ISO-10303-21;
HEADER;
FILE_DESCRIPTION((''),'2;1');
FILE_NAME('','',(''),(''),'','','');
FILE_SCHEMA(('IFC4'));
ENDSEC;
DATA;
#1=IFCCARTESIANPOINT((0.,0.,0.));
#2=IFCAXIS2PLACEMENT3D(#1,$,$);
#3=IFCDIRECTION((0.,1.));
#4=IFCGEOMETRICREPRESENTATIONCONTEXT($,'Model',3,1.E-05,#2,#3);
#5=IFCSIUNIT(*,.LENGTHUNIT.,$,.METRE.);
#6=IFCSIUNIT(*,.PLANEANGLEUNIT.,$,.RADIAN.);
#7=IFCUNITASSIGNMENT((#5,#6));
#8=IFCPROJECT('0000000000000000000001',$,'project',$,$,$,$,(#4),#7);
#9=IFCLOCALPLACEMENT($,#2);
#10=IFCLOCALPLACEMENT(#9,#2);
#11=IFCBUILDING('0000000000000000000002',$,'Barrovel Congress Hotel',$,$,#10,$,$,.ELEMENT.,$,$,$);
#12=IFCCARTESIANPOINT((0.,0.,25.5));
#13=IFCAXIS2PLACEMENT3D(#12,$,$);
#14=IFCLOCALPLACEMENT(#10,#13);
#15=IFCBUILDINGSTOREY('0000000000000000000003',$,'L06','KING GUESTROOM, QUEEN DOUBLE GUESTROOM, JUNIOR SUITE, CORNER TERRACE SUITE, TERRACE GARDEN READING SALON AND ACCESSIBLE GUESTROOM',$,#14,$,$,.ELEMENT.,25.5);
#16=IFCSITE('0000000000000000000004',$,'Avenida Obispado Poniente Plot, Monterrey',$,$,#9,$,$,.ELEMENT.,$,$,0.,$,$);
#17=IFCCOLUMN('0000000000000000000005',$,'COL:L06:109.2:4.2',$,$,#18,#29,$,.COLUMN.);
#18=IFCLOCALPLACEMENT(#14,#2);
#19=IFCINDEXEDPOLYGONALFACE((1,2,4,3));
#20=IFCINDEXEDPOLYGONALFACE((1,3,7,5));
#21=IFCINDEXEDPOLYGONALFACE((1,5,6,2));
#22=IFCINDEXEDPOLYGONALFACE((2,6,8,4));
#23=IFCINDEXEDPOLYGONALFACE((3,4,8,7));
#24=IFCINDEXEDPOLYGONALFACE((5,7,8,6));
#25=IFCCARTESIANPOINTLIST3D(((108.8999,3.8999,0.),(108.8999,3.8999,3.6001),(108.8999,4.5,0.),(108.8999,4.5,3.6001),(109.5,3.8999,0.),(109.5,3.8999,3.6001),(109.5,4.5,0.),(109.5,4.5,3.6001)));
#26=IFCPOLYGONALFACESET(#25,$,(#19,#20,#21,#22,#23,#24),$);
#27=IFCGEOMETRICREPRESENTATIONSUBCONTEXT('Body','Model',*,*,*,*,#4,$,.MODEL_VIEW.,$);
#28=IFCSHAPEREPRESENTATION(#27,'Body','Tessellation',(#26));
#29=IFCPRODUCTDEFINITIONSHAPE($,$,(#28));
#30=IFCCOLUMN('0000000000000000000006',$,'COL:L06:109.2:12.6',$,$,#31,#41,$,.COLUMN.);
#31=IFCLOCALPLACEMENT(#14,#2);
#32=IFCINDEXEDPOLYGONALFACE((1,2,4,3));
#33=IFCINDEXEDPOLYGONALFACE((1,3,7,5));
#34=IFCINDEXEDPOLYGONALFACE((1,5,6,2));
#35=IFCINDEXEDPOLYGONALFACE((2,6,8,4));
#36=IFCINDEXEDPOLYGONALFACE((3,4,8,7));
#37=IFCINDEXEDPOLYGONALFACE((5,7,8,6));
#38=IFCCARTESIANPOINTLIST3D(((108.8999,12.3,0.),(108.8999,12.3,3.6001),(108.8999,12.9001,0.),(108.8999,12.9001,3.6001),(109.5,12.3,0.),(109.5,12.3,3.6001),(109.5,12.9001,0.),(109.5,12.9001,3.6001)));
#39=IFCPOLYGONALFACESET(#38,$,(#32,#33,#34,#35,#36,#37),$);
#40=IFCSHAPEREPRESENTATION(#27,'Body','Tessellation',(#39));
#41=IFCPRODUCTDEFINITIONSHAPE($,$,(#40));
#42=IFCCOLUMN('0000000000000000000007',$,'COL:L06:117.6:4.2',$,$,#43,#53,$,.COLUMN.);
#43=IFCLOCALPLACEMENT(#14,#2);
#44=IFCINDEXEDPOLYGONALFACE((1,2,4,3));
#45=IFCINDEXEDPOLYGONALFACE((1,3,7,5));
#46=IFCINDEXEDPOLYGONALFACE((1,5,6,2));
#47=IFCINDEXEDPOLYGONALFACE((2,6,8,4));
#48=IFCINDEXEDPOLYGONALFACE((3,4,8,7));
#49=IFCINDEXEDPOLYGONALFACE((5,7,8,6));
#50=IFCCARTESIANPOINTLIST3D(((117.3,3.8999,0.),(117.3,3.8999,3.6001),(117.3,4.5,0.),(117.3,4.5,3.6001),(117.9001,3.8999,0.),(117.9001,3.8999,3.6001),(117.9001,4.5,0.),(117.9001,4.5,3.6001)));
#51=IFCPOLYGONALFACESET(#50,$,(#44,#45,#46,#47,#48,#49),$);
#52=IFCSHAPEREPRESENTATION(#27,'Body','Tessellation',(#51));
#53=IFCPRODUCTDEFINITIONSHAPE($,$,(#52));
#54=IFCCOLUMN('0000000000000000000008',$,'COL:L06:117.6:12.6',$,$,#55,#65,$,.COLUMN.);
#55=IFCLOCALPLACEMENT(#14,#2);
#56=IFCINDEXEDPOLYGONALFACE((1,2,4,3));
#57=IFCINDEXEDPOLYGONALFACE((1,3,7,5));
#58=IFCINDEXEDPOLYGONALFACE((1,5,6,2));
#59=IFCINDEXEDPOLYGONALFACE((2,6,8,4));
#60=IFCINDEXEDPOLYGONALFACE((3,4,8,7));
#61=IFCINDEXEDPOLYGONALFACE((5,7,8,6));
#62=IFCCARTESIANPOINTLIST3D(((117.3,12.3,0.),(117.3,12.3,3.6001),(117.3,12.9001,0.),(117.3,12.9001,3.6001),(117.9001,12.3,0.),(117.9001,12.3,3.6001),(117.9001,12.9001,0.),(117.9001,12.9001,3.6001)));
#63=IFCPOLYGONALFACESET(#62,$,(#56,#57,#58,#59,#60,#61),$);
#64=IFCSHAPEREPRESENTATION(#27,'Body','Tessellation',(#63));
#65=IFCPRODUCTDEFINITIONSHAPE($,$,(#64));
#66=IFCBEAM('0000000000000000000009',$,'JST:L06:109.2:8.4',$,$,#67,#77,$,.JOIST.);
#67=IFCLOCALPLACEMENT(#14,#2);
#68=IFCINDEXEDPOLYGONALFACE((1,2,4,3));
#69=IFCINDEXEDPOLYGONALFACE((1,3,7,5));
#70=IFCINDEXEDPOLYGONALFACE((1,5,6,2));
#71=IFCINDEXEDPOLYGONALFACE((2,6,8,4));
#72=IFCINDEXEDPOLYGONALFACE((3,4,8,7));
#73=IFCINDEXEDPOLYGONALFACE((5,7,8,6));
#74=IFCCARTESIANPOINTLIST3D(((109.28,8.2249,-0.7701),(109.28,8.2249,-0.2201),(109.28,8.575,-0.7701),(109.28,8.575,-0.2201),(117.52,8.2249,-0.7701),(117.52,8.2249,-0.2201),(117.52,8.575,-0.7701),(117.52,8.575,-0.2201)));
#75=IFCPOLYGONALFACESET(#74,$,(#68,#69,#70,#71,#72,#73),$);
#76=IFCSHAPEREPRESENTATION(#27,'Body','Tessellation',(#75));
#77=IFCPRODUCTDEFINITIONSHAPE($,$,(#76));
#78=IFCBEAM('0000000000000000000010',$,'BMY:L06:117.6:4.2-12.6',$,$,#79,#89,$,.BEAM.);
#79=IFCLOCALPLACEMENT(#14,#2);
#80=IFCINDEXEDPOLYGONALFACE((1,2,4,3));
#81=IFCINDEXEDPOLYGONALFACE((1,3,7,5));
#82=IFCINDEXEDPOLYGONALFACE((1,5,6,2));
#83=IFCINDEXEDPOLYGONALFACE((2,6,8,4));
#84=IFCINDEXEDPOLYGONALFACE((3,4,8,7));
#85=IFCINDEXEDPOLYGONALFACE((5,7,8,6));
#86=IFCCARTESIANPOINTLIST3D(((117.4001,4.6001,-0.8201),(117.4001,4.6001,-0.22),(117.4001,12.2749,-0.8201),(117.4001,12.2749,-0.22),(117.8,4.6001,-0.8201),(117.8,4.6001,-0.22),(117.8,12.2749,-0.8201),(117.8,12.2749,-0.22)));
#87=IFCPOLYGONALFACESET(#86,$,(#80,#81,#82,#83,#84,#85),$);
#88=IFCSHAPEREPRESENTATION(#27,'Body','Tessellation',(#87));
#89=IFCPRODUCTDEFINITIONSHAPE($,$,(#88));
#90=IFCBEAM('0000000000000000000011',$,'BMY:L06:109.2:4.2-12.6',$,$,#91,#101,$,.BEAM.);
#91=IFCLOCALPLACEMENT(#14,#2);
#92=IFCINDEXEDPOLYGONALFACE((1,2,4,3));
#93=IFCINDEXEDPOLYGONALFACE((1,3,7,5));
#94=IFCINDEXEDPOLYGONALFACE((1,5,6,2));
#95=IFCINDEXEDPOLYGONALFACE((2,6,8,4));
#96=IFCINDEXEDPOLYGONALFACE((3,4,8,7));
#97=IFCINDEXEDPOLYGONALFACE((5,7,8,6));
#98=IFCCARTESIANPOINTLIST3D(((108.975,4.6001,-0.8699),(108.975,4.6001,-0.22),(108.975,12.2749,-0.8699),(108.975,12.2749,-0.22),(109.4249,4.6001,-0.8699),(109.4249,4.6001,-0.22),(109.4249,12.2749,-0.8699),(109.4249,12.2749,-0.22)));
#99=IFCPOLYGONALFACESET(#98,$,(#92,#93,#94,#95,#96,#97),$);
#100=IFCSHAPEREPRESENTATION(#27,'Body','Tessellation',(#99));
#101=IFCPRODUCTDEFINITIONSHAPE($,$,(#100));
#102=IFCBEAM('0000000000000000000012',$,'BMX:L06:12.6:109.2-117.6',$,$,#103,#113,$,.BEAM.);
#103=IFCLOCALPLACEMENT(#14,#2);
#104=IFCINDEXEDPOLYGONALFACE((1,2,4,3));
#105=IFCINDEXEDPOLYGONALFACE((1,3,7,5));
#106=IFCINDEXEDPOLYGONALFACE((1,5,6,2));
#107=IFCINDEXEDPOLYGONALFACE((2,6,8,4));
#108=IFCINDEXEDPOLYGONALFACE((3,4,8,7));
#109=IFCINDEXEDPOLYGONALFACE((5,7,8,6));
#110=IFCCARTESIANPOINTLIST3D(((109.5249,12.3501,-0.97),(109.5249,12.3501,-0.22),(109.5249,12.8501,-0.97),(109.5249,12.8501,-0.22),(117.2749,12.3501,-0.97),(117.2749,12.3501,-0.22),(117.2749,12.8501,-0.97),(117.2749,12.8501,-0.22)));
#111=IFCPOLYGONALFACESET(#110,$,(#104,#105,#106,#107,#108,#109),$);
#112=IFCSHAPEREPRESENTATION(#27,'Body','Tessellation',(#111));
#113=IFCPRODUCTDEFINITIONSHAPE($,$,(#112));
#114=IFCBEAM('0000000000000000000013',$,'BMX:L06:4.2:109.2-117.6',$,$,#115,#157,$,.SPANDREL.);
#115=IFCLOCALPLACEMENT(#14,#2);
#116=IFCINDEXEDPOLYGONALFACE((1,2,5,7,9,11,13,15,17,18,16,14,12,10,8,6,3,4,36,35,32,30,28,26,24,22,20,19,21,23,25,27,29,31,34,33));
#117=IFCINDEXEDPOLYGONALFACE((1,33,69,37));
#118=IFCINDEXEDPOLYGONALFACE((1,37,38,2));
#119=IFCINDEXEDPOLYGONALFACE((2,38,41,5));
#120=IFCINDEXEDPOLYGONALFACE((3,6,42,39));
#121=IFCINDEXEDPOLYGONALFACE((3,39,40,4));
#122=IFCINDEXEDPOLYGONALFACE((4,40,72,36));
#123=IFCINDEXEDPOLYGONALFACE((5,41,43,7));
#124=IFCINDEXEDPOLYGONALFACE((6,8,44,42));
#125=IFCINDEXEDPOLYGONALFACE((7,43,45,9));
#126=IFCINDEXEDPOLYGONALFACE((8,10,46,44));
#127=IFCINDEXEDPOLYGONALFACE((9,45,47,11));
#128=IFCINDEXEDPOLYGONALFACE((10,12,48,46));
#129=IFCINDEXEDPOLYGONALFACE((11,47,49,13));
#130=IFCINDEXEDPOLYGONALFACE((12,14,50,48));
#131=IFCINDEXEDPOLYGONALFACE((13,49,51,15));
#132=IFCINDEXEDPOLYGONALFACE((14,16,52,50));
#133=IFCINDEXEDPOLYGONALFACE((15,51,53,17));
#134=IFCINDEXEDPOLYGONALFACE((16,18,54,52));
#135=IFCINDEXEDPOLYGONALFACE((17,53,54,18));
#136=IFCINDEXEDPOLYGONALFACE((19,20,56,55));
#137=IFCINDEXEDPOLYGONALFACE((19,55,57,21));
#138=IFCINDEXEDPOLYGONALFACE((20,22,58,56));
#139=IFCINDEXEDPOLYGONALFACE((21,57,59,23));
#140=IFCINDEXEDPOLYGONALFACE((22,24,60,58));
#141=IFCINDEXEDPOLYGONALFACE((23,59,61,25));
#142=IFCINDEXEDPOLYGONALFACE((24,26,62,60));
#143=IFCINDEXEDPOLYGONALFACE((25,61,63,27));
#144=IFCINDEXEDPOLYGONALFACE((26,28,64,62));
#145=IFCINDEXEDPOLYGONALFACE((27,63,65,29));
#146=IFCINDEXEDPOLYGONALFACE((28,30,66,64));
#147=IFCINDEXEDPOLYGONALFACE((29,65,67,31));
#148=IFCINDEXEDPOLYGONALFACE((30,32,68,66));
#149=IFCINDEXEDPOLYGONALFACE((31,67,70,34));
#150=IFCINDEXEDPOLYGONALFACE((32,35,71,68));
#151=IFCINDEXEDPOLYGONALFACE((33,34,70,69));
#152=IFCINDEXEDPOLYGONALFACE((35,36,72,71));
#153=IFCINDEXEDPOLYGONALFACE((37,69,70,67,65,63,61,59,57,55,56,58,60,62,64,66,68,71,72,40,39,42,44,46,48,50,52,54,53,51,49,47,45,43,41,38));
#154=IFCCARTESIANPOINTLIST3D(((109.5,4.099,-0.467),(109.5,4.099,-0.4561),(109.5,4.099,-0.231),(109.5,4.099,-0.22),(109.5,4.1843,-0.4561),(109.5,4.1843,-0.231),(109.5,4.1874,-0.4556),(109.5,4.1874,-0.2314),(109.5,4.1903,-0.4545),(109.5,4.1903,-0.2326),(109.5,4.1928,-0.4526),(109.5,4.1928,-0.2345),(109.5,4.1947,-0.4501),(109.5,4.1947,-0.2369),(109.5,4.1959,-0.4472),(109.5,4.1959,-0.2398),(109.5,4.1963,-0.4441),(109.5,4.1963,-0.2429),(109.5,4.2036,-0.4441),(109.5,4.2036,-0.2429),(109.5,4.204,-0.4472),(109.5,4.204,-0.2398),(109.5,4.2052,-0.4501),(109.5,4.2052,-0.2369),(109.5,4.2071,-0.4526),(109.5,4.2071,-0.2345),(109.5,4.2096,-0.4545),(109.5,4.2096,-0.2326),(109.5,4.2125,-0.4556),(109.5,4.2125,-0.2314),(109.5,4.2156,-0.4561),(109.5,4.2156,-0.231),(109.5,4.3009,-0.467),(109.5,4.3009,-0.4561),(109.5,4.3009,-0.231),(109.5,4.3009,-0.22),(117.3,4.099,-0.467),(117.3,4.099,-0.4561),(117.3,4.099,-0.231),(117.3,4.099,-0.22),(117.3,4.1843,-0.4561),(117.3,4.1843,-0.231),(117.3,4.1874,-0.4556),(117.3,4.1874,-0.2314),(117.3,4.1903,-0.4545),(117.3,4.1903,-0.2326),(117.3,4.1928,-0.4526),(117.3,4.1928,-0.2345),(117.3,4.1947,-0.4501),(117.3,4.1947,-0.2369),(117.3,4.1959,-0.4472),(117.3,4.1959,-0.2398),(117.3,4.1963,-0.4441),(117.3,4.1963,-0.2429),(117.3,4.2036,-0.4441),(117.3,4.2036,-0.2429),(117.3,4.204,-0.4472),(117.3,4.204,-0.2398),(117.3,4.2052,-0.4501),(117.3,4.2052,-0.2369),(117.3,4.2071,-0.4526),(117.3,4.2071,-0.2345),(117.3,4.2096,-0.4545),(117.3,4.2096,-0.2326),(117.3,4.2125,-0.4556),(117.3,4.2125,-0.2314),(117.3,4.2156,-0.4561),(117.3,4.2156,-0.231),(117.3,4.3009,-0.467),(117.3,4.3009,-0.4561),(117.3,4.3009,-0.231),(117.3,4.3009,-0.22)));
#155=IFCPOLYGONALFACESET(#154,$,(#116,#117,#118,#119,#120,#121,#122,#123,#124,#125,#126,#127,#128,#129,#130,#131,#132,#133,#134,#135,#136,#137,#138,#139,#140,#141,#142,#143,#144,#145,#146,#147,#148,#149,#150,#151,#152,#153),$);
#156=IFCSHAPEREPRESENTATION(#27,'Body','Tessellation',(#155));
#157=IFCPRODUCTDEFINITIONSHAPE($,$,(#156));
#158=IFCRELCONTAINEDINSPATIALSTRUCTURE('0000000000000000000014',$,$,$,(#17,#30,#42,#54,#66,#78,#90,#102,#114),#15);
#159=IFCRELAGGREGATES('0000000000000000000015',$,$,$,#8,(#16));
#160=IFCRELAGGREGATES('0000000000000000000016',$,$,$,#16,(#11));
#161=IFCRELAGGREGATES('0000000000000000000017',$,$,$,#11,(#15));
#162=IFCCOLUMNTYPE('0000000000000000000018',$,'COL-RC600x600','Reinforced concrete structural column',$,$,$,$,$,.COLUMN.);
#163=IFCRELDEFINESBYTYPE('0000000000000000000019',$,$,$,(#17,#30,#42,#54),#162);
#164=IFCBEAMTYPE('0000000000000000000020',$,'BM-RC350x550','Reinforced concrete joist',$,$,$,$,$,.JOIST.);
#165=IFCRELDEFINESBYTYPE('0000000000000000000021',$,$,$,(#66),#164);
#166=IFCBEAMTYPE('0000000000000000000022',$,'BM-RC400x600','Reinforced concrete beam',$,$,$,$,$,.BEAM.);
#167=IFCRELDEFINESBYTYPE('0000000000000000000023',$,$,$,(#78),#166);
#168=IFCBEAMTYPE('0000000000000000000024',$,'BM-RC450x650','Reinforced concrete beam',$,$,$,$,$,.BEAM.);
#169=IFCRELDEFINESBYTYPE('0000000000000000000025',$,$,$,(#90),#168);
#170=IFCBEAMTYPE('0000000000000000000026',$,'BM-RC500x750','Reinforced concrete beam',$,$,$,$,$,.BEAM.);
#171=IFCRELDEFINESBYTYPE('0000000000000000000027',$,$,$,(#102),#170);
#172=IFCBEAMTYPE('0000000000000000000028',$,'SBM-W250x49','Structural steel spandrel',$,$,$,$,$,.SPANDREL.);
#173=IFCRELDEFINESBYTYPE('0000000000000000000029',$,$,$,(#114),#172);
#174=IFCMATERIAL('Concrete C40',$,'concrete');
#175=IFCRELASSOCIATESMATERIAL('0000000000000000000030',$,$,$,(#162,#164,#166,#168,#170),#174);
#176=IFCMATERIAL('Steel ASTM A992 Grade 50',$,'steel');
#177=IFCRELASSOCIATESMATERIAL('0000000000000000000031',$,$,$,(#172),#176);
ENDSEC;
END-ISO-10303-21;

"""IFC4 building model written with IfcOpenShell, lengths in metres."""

from ifc_helpers import new_model, si_unit, direction, frame, origin, origin_2d, place, context, subcontext, project, spatial, rectangle, i_section, extrude, material, material_profile, profile_set, type_object, element, save


model = new_model("IFC4")

# Units and contexts
model_context = context("Model", 3, precision=1e-05, world=origin(), true_north=direction((0.0, 1.0)))
body_context = subcontext(model_context, "Body", "Model", "MODEL_VIEW")
ifc_project = project(units=[si_unit("LENGTHUNIT", "METRE"), si_unit("PLANEANGLEUNIT", "RADIAN")], contexts=[model_context])

# Site, building, storey
site_placement = place(None, origin())
site = spatial("IfcSite", under=ifc_project, at=site_placement, Name="Avenida Obispado Poniente Plot, Monterrey", CompositionType="ELEMENT", RefElevation=0.0)
building_placement = place(site_placement, origin())
building = spatial("IfcBuilding", under=site, at=building_placement, Name="Barrovel Congress Hotel", CompositionType="ELEMENT")
storey_placement = place(building_placement, frame((0.0, 0.0, 25.5)))
storey = spatial("IfcBuildingStorey", under=building, at=storey_placement, Name="L06", Description="KING GUESTROOM, QUEEN DOUBLE GUESTROOM, JUNIOR SUITE, CORNER TERRACE SUITE, TERRACE GARDEN READING SALON AND ACCESSIBLE GUESTROOM", CompositionType="ELEMENT", Elevation=25.5)

# Columns
ifc_material_1 = material(Name="Concrete C40", Category="concrete")
ifc_material_profile_1 = material_profile(ifc_material_1, rectangle(XDim=0.6001, YDim=0.6001, at=origin_2d()), Name="RC600x600")
ifc_profile_set_1 = profile_set([ifc_material_profile_1], Name="Concrete C40")
column_type = type_object("IfcColumnType", Name="COL-RC600x600", Description="Reinforced concrete structural column", PredefinedType="COLUMN", material=ifc_profile_set_1)
for number, where, z_axis, x_axis, name in (
    (1, (109.2, 4.2, 0.0), (0.0, 0.0, 1.0), (1.0, 0.0, 0.0), "COL:L06:109.2:4.2"),
    (2, (109.2, 12.6001, 0.0), (0.0, 0.0, 1.0), (1.0, 0.0, 0.0), "COL:L06:109.2:12.6"),
    (3, (117.6001, 4.2, 0.0), (0.0, 0.0, 1.0), (1.0, 0.0, 0.0), "COL:L06:117.6:4.2"),
    (4, (117.6001, 12.6001, 0.0), (0.0, 0.0, 1.0), (1.0, 0.0, 0.0), "COL:L06:117.6:12.6"),
):
    element("IfcColumn", number, at=place(storey_placement, frame(where, z_axis=z_axis, x_axis=x_axis)), inside=storey, type_object=column_type, Name=name, PredefinedType="COLUMN", context=body_context, shape_type="SweptSolid", body=[
        extrude(rectangle(XDim=0.6001, YDim=0.6001, at=origin_2d()), origin(), (0.0, 0.0, 1.0), 3.6001),
    ])

# Beams
ifc_material_profile_2 = material_profile(ifc_material_1, rectangle(XDim=0.3501, YDim=0.55, at=origin_2d()), Name="RC350x550")
ifc_profile_set_2 = profile_set([ifc_material_profile_2], Name="Concrete C40")
beam_type_1 = type_object("IfcBeamType", Name="BM-RC350x550", Description="Reinforced concrete joist", PredefinedType="JOIST", material=ifc_profile_set_2)
beam_1_placement = place(storey_placement, frame((109.28, 8.3999, -0.4951), z_axis=(1.0, 0.0, 0.0), x_axis=(0.0, 1.0, 0.0)))
element("IfcBeam", 5, at=beam_1_placement, inside=storey, type_object=beam_type_1, Name="JST:L06:109.2:8.4", PredefinedType="JOIST", context=body_context, shape_type="SweptSolid", body=[
    extrude(rectangle(XDim=0.3501, YDim=0.55, at=origin_2d()), origin(), (0.0, 0.0, 1.0), 8.24),
])
ifc_material_profile_3 = material_profile(ifc_material_1, rectangle(XDim=0.3999, YDim=0.6001, at=origin_2d()), Name="RC400x600")
ifc_profile_set_3 = profile_set([ifc_material_profile_3], Name="Concrete C40")
beam_type_2 = type_object("IfcBeamType", Name="BM-RC400x600", Description="Reinforced concrete beam", PredefinedType="BEAM", material=ifc_profile_set_3)
beam_2_placement = place(storey_placement, frame((117.6001, 4.6001, -0.52), z_axis=(0.0, 1.0, 0.0), x_axis=(-1.0, 0.0, 0.0)))
element("IfcBeam", 6, at=beam_2_placement, inside=storey, type_object=beam_type_2, Name="BMY:L06:117.6:4.2-12.6", PredefinedType="BEAM", context=body_context, shape_type="SweptSolid", body=[
    extrude(rectangle(XDim=0.3999, YDim=0.6001, at=origin_2d()), origin(), (0.0, 0.0, 1.0), 7.6748),
])
ifc_material_profile_4 = material_profile(ifc_material_1, rectangle(XDim=0.45, YDim=0.6499, at=origin_2d()), Name="RC450x650")
ifc_profile_set_4 = profile_set([ifc_material_profile_4], Name="Concrete C40")
beam_type_3 = type_object("IfcBeamType", Name="BM-RC450x650", Description="Reinforced concrete beam", PredefinedType="BEAM", material=ifc_profile_set_4)
beam_3_placement = place(storey_placement, frame((109.2, 4.6001, -0.5449), z_axis=(0.0, 1.0, 0.0), x_axis=(-1.0, 0.0, 0.0)))
element("IfcBeam", 7, at=beam_3_placement, inside=storey, type_object=beam_type_3, Name="BMY:L06:109.2:4.2-12.6", PredefinedType="BEAM", context=body_context, shape_type="SweptSolid", body=[
    extrude(rectangle(XDim=0.45, YDim=0.6499, at=origin_2d()), origin(), (0.0, 0.0, 1.0), 7.6748),
])
ifc_material_profile_5 = material_profile(ifc_material_1, rectangle(XDim=0.5, YDim=0.75, at=origin_2d()), Name="RC500x750")
ifc_profile_set_5 = profile_set([ifc_material_profile_5], Name="Concrete C40")
beam_type_4 = type_object("IfcBeamType", Name="BM-RC500x750", Description="Reinforced concrete beam", PredefinedType="BEAM", material=ifc_profile_set_5)
beam_4_placement = place(storey_placement, frame((109.5249, 12.6001, -0.595), z_axis=(1.0, 0.0, 0.0), x_axis=(0.0, 1.0, 0.0)))
element("IfcBeam", 8, at=beam_4_placement, inside=storey, type_object=beam_type_4, Name="BMX:L06:12.6:109.2-117.6", PredefinedType="BEAM", context=body_context, shape_type="SweptSolid", body=[
    extrude(rectangle(XDim=0.5, YDim=0.75, at=origin_2d()), origin(), (0.0, 0.0, 1.0), 7.75),
])
ifc_material_2 = material(Name="Steel ASTM A992 Grade 50", Category="steel")
ifc_material_profile_6 = material_profile(ifc_material_2, i_section(OverallWidth=0.2019, OverallDepth=0.2471, WebThickness=0.0073, FlangeThickness=0.011, FilletRadius=0.012, at=origin_2d()), Name="W250x49")
ifc_profile_set_6 = profile_set([ifc_material_profile_6], Name="Steel ASTM A992 Grade 50")
beam_type_5 = type_object("IfcBeamType", Name="SBM-W250x49", Description="Structural steel spandrel", PredefinedType="SPANDREL", material=ifc_profile_set_6)
beam_5_placement = place(storey_placement, frame((109.5, 4.2, -0.3435), z_axis=(1.0, 0.0, 0.0), x_axis=(0.0, 1.0, 0.0)))
element("IfcBeam", 9, at=beam_5_placement, inside=storey, type_object=beam_type_5, Name="BMX:L06:4.2:109.2-117.6", PredefinedType="SPANDREL", context=body_context, shape_type="SweptSolid", body=[
    extrude(i_section(OverallWidth=0.2019, OverallDepth=0.2471, WebThickness=0.0073, FlangeThickness=0.011, FilletRadius=0.012, at=origin_2d()), origin(), (0.0, 0.0, 1.0), 7.8),
])

save(model, "model.ifc")
